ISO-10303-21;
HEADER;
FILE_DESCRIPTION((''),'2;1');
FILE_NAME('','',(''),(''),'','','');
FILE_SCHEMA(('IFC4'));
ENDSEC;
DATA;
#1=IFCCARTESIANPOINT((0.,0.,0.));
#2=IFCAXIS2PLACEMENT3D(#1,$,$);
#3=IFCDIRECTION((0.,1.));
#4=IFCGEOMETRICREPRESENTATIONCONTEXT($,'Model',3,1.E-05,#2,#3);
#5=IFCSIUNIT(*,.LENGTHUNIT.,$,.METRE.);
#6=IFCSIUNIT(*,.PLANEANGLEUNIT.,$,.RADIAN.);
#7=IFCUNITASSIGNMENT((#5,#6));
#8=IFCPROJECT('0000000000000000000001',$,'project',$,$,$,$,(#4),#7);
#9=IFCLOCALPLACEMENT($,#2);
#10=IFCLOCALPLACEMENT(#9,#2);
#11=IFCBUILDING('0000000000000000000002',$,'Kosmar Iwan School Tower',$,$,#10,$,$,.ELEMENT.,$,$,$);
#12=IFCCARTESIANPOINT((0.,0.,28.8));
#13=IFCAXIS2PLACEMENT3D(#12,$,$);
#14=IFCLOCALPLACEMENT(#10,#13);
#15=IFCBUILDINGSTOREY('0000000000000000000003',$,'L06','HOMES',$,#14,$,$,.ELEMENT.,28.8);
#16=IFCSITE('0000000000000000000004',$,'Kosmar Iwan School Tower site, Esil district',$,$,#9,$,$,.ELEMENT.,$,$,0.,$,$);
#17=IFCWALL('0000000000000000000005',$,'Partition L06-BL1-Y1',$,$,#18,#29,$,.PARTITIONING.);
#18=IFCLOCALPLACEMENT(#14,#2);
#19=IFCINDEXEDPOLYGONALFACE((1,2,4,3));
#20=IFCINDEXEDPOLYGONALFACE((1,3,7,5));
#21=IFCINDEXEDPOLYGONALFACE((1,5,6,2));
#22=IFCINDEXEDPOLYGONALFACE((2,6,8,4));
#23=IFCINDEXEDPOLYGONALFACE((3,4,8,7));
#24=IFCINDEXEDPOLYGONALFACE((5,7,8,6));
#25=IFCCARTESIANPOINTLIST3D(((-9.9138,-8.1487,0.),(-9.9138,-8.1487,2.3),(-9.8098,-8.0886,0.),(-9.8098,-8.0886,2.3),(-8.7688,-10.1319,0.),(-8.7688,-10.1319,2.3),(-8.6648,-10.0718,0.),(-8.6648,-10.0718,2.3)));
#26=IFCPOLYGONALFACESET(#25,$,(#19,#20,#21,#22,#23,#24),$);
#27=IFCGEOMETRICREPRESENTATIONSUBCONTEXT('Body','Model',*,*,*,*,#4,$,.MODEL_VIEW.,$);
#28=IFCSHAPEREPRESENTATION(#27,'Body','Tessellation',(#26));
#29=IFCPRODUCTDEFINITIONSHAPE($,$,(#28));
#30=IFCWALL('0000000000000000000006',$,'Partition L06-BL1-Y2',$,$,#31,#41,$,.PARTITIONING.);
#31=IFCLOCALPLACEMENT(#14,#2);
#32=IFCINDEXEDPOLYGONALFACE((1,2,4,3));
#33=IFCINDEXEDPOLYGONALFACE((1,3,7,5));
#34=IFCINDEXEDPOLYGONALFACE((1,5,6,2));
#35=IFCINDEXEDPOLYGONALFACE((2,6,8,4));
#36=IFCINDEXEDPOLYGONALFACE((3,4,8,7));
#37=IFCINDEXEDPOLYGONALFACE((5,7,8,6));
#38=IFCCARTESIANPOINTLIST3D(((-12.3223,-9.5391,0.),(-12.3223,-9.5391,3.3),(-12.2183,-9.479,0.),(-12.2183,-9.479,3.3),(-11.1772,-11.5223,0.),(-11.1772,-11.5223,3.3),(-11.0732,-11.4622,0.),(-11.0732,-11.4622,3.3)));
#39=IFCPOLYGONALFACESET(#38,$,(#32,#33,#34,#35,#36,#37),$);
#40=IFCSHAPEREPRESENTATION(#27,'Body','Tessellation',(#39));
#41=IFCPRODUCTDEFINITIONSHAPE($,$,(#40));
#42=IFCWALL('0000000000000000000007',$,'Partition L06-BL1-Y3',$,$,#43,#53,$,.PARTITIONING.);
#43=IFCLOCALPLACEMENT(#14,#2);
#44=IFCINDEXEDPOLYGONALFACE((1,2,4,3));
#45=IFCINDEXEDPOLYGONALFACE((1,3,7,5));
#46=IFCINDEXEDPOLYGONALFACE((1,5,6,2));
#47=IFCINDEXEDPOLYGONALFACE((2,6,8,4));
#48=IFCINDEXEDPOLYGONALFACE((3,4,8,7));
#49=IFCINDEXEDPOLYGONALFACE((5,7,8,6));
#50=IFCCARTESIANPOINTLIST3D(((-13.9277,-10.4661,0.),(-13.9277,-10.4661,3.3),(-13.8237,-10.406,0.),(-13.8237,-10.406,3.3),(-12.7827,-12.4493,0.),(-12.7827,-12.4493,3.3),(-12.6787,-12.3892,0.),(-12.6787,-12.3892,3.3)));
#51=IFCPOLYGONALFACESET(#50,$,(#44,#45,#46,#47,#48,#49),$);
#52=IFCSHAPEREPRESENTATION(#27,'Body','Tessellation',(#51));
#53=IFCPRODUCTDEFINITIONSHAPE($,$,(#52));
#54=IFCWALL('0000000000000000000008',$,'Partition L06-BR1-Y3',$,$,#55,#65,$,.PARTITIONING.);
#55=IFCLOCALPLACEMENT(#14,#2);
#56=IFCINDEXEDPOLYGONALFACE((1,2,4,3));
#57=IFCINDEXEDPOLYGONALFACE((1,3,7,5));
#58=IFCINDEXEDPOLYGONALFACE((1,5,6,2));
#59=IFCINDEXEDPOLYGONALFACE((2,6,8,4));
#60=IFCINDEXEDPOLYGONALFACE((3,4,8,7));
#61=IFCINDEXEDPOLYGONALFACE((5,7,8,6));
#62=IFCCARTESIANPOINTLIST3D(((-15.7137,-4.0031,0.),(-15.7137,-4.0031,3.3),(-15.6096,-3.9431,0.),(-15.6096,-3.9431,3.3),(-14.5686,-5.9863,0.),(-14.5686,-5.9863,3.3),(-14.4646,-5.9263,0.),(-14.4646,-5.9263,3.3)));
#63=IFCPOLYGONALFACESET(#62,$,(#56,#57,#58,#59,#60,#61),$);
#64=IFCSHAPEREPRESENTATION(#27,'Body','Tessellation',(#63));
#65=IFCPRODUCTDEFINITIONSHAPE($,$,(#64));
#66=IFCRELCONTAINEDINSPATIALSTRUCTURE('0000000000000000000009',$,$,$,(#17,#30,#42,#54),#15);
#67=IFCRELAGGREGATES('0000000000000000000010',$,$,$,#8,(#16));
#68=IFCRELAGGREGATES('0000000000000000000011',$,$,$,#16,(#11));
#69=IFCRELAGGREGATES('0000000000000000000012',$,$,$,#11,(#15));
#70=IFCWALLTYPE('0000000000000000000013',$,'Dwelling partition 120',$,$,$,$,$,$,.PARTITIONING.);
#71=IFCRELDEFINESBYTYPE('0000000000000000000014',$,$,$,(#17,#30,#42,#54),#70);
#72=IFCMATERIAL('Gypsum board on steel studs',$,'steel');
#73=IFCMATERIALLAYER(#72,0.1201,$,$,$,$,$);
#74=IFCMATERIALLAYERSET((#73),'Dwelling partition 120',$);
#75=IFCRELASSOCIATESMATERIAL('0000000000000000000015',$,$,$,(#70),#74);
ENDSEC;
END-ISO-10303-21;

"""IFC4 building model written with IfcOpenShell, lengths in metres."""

from ifc_helpers import new_model, si_unit, direction, frame, frame_2d, origin, place, context, subcontext, project, spatial, rectangle, extrude, material, layer, layer_set, type_object, element, save


model = new_model("IFC4")

# Units and contexts
model_context = context("Model", 3, precision=1e-05, world=origin(), true_north=direction((0.0, 1.0)))
body_context = subcontext(model_context, "Body", "Model", "MODEL_VIEW")
ifc_project = project(units=[si_unit("LENGTHUNIT", "METRE"), si_unit("PLANEANGLEUNIT", "RADIAN")], contexts=[model_context])

# Site, building, storey
site_placement = place(None, origin())
site = spatial("IfcSite", under=ifc_project, at=site_placement, Name="Kosmar Iwan School Tower site, Esil district", CompositionType="ELEMENT", RefElevation=0.0)
building_placement = place(site_placement, origin())
building = spatial("IfcBuilding", under=site, at=building_placement, Name="Kosmar Iwan School Tower", CompositionType="ELEMENT")
storey_placement = place(building_placement, frame((0.0, 0.0, 28.8)))
storey = spatial("IfcBuildingStorey", under=building, at=storey_placement, Name="L06", Description="HOMES", CompositionType="ELEMENT", Elevation=28.8)

# Shared definitions
ifc_material_1 = material(Name="Gypsum board on steel studs", Category="steel")
ifc_layer_1 = layer(ifc_material_1, 0.1201)
ifc_layer_set_1 = layer_set([ifc_layer_1], Name="Dwelling partition 120")
wall_type_1 = type_object("IfcWallType", Name="Dwelling partition 120", PredefinedType="PARTITIONING", material=ifc_layer_set_1)

# Walls
wall_1_placement = place(storey_placement, frame((-9.8618, -8.1187, 0.0), z_axis=(0.0, 0.0, 1.0), x_axis=(0.500015, -0.866017, 0.0)))
element("IfcWall", 1, at=wall_1_placement, inside=storey, type_object=wall_type_1, Name="Partition L06-BL1-Y1", PredefinedType="PARTITIONING", context=body_context, shape_type="SweptSolid", body=[
    extrude(rectangle(XDim=2.29, YDim=0.1201, at=frame_2d((1.145, 0.0))), origin(), (0.0, 0.0, 1.0), 2.3),
])
for number, where, z_axis, x_axis, name in (
    (2, (-12.2703, -9.509, 0.0), (0.0, 0.0, 1.0), (0.500015, -0.866017, 0.0), "Partition L06-BL1-Y2"),
    (3, (-13.8757, -10.436, 0.0), (0.0, 0.0, 1.0), (0.500015, -0.866017, 0.0), "Partition L06-BL1-Y3"),
    (4, (-14.5166, -5.9563, 0.0), (0.0, 0.0, 1.0), (-0.500015, 0.866017, 0.0), "Partition L06-BR1-Y3"),
):
    element("IfcWall", number, at=place(storey_placement, frame(where, z_axis=z_axis, x_axis=x_axis)), inside=storey, type_object=wall_type_1, Name=name, PredefinedType="PARTITIONING", context=body_context, shape_type="SweptSolid", body=[
        extrude(rectangle(XDim=2.29, YDim=0.1201, at=frame_2d((1.145, 0.0))), origin(), (0.0, 0.0, 1.0), 3.3),
    ])

save(model, "model.ifc")
